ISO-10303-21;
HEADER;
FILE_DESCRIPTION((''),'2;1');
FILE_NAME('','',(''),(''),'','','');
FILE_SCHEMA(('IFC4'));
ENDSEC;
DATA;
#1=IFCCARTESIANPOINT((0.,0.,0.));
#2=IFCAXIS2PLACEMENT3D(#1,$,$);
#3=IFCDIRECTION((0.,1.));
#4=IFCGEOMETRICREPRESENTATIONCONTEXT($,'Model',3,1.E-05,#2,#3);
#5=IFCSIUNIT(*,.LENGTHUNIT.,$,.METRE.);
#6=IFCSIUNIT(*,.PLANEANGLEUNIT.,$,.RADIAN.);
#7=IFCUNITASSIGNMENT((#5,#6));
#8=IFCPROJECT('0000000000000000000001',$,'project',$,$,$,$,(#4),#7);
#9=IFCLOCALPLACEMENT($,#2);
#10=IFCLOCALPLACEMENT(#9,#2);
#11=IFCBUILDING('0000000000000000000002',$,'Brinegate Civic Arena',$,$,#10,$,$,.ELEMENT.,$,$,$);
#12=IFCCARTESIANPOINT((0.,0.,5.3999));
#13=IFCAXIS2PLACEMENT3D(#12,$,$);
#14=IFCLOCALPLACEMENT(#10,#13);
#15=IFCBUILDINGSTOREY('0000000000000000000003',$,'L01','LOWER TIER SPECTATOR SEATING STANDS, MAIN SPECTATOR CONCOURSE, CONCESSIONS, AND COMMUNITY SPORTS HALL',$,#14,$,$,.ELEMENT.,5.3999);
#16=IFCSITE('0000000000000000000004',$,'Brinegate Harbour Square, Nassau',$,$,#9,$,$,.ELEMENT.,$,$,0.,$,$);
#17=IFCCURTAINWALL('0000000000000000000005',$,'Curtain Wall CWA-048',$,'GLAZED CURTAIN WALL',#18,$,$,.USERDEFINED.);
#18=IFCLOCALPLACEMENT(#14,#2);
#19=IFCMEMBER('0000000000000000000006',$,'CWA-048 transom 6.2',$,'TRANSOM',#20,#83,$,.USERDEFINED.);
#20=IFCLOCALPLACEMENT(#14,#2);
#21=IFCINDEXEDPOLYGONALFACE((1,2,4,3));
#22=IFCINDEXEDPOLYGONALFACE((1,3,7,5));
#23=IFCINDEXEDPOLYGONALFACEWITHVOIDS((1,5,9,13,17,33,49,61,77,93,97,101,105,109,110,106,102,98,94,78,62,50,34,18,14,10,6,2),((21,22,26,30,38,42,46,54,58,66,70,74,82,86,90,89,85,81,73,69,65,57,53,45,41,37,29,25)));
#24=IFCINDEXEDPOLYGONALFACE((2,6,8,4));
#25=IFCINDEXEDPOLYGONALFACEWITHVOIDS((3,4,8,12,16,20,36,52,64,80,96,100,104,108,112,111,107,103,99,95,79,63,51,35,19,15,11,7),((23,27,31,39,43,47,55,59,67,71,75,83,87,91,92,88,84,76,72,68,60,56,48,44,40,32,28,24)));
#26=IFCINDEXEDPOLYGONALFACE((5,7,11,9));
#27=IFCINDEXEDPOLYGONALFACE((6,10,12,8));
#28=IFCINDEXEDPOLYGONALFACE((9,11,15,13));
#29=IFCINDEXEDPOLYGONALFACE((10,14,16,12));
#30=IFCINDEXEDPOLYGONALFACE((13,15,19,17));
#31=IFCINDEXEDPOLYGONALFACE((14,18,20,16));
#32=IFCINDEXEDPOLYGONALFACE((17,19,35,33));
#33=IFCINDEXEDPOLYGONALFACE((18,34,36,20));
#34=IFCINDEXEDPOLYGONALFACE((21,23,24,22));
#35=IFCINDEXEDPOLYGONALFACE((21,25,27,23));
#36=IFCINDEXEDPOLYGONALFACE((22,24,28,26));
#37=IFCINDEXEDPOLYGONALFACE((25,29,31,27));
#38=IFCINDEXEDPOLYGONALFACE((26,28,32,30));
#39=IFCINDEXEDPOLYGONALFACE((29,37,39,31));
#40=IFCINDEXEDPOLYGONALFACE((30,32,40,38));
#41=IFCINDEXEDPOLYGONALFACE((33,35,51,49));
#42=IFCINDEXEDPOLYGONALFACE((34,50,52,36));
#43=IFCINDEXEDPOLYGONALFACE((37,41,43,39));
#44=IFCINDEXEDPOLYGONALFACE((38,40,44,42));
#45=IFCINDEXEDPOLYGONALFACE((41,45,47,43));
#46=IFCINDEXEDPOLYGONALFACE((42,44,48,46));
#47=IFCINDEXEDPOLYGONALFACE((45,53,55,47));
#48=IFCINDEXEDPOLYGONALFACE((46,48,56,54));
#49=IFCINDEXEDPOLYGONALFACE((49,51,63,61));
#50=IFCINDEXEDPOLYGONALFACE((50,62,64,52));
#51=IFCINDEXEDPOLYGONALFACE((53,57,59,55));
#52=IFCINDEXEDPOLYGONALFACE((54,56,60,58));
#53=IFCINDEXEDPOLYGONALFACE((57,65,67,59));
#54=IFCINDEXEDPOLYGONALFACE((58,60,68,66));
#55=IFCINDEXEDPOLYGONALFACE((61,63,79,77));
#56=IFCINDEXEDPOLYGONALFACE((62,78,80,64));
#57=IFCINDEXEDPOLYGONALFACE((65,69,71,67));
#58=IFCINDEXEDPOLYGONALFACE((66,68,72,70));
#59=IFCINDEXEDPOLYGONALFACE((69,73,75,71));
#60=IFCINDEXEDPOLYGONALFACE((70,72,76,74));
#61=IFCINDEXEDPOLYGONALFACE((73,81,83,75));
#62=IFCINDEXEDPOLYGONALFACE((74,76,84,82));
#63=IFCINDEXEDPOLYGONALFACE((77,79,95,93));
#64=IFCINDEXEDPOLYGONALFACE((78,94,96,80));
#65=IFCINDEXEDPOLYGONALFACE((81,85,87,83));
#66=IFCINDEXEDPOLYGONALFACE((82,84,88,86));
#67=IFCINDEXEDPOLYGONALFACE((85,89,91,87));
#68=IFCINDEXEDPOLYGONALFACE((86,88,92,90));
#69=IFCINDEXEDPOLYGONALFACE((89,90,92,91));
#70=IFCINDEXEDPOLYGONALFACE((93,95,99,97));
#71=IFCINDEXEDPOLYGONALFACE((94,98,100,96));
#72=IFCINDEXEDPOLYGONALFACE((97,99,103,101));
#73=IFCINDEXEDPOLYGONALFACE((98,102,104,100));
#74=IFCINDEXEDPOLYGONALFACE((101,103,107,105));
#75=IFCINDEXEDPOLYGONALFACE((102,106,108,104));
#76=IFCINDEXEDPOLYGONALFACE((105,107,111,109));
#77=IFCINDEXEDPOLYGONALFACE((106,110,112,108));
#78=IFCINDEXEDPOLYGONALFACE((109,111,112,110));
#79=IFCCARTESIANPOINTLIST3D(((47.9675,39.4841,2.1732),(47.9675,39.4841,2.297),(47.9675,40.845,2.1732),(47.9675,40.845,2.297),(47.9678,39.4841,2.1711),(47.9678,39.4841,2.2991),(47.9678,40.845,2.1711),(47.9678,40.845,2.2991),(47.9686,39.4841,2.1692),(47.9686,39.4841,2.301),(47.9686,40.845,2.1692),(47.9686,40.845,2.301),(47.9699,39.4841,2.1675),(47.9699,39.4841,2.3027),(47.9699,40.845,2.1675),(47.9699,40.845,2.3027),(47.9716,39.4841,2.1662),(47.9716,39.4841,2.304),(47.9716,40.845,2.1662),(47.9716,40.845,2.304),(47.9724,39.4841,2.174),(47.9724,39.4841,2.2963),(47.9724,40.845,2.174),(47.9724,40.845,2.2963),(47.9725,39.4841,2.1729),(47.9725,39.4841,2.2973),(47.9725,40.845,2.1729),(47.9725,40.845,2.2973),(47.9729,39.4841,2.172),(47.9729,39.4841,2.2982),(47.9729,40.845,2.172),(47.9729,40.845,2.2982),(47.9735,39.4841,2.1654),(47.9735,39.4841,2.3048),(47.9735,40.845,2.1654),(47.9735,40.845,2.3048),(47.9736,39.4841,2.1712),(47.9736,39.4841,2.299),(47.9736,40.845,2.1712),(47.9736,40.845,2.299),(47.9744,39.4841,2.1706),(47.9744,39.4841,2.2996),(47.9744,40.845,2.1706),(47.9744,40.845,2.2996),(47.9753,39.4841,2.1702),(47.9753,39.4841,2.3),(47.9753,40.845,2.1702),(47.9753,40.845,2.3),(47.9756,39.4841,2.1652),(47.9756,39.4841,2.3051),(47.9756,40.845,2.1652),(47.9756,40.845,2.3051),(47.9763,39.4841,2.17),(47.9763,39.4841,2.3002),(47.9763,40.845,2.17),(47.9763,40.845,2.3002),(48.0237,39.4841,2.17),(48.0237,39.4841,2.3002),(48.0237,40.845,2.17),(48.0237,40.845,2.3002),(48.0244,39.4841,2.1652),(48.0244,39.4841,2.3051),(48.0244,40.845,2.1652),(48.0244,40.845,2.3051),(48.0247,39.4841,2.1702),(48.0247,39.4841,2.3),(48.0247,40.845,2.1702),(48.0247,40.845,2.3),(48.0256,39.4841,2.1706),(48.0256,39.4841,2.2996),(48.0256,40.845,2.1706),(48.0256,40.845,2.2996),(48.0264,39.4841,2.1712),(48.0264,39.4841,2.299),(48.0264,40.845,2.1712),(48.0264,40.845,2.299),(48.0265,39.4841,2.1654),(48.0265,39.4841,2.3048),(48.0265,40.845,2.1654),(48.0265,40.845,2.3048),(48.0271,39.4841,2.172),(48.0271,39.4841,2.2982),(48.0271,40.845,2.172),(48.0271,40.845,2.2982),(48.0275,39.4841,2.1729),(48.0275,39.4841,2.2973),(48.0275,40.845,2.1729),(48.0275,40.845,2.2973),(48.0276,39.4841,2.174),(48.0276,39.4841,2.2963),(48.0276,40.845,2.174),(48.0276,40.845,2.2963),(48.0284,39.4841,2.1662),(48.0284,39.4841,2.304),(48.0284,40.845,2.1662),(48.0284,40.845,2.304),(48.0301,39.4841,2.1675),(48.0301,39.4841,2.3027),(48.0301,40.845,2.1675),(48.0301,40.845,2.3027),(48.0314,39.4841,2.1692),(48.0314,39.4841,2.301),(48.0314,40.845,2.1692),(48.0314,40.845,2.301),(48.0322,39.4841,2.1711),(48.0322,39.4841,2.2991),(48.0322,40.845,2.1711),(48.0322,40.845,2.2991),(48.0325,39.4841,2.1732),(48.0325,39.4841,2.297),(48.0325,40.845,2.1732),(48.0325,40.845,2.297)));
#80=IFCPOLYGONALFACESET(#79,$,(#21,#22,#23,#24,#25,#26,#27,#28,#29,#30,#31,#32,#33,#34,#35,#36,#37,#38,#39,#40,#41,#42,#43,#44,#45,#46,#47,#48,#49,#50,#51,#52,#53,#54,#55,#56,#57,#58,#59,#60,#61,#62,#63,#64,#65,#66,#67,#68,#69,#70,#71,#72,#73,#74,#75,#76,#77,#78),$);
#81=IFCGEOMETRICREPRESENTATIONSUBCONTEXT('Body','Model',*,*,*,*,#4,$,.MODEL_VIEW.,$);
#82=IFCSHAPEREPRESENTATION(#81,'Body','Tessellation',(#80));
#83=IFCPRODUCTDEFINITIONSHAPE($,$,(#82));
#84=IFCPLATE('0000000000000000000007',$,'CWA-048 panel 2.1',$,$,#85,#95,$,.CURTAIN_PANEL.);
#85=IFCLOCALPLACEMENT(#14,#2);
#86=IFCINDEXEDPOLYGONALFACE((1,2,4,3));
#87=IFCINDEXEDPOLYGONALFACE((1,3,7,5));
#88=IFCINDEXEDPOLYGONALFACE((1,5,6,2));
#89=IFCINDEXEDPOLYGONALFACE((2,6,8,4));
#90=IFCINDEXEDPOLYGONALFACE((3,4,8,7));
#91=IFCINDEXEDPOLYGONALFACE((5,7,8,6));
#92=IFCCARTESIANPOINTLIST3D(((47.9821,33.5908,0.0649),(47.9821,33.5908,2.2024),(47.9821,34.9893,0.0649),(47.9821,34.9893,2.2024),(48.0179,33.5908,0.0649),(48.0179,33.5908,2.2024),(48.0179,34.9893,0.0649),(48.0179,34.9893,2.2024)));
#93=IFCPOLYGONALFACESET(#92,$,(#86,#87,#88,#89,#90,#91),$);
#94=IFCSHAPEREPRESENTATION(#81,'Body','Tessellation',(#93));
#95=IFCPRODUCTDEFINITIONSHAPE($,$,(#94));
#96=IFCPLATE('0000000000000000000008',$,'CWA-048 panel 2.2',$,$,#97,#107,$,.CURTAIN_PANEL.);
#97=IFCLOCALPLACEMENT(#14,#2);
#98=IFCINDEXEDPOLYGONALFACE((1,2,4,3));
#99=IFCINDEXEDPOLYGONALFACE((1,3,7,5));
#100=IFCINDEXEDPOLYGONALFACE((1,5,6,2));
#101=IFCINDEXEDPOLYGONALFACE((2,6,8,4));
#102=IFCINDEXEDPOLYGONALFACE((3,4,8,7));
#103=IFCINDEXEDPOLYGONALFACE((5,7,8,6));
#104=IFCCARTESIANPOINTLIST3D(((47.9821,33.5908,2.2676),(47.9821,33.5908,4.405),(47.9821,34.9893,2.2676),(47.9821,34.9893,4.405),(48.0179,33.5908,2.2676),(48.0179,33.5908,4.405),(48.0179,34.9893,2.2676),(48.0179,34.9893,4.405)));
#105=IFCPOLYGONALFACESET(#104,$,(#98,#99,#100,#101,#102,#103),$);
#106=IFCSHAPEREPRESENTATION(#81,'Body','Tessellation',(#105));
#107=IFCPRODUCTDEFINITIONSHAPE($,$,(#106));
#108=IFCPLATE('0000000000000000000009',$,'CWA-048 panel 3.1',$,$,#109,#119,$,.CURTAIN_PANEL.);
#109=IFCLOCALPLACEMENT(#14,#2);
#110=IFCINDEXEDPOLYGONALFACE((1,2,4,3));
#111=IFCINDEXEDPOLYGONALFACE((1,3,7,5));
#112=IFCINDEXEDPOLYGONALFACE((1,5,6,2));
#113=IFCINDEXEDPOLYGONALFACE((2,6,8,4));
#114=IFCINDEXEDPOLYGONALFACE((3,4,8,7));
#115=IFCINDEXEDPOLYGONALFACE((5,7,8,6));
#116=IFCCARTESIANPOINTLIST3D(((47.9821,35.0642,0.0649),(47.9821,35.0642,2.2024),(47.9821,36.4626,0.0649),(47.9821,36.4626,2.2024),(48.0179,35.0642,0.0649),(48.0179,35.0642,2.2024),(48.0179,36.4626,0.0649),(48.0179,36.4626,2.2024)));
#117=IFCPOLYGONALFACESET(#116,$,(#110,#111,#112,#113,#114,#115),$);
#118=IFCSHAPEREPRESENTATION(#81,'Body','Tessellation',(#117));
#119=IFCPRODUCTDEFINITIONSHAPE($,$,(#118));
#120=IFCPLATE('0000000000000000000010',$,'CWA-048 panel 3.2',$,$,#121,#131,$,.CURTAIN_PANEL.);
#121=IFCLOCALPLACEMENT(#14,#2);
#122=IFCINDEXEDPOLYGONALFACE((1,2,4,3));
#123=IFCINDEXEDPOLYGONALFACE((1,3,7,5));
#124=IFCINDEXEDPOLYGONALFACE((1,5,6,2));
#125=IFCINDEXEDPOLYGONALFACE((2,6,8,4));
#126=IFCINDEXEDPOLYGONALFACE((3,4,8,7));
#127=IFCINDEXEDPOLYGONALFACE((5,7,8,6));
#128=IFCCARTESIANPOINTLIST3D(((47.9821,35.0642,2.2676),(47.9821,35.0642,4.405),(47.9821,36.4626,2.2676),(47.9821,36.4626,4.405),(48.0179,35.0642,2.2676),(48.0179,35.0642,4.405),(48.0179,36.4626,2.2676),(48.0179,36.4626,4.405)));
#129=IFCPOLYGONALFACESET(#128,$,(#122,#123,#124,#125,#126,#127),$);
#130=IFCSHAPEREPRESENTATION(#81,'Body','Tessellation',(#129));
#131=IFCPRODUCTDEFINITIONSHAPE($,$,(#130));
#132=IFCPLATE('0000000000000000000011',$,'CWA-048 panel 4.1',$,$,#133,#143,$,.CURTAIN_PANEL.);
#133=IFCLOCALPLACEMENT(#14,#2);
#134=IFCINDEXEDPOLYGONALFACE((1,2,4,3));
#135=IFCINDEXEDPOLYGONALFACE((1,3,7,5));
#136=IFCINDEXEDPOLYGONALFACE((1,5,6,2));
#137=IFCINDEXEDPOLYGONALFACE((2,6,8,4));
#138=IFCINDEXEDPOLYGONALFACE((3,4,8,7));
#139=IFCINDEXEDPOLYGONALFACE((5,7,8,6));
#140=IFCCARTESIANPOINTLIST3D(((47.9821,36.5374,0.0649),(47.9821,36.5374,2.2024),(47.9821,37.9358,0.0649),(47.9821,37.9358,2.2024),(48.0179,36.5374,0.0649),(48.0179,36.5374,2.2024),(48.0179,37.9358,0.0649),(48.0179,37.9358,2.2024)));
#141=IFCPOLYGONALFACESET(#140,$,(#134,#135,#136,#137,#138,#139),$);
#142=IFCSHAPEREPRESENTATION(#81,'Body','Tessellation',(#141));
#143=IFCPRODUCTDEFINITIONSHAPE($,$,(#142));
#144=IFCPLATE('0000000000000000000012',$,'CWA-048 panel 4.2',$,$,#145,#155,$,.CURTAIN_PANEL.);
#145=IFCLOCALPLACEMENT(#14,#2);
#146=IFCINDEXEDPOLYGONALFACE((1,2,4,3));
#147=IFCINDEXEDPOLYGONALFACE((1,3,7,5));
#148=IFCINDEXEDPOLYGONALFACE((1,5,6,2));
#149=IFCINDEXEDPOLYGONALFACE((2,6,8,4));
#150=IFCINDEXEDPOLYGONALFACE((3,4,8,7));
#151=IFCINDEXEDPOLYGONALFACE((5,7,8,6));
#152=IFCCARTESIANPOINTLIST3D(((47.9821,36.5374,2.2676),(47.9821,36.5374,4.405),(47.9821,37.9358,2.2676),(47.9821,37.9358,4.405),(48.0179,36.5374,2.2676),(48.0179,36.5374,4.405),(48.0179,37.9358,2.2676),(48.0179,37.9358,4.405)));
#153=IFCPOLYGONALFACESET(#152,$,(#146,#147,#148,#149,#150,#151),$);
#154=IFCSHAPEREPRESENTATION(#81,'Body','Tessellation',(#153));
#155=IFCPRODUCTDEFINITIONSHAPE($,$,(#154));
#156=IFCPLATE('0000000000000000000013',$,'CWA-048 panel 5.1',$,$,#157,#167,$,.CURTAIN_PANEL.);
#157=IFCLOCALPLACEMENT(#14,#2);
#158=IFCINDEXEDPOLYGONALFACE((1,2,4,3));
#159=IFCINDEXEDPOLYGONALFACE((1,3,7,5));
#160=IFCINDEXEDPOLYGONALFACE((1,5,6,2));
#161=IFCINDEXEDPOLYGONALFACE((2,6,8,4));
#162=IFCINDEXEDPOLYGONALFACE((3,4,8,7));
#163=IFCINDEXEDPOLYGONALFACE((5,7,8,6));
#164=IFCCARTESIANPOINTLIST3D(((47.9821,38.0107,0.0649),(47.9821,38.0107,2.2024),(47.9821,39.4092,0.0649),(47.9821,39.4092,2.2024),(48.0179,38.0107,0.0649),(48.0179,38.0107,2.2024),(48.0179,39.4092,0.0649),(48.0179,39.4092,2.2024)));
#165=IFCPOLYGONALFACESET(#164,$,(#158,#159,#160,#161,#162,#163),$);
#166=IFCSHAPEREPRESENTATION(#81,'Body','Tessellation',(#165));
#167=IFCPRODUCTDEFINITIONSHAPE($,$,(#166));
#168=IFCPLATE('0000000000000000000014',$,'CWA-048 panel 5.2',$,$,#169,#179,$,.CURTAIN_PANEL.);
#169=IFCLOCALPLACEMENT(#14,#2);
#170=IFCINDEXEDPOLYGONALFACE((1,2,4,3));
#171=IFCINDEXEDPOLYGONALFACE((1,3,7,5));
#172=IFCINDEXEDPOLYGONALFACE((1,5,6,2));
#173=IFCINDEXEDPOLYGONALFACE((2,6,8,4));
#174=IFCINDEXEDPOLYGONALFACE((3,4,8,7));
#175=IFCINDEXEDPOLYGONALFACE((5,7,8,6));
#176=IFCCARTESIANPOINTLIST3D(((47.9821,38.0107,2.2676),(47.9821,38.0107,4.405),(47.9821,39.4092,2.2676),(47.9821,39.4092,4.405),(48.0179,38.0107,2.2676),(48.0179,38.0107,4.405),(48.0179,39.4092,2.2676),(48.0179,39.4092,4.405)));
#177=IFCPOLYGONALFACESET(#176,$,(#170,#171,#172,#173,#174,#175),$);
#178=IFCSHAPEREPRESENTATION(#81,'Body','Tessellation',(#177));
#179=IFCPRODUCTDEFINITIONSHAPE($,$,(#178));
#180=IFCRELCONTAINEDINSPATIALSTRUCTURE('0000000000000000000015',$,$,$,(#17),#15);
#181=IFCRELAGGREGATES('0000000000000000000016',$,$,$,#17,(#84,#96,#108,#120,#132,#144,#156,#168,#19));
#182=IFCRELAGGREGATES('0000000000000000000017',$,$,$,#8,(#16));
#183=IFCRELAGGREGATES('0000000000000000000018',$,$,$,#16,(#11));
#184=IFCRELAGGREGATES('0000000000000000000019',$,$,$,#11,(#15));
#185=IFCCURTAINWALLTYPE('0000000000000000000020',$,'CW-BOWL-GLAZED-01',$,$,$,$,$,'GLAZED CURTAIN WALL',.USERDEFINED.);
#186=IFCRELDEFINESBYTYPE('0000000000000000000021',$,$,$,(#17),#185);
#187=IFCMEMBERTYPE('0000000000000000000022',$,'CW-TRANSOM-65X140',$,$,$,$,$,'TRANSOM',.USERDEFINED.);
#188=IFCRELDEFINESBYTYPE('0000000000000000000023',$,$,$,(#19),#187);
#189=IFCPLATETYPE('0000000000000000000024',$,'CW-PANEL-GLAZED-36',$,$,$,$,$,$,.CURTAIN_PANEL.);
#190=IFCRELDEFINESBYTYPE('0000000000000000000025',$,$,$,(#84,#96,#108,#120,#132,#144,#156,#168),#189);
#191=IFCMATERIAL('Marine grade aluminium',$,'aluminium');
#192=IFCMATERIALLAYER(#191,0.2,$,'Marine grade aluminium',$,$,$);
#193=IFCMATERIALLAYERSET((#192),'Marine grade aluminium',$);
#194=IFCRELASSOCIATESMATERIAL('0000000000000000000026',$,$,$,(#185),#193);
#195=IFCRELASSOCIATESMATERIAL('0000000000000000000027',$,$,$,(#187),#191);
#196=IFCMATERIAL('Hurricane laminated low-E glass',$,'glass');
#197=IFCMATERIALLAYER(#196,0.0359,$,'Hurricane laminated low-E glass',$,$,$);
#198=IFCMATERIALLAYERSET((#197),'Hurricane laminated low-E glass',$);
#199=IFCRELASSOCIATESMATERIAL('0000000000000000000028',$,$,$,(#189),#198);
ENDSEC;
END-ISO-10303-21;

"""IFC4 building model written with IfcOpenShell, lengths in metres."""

from ifc_helpers import new_model, si_unit, direction, frame, origin, origin_2d, place, context, subcontext, project, spatial, rectangle, hollow_rectangle, extrude, material, layer, layer_set, material_profile, profile_set, type_object, element, aggregate, save


model = new_model("IFC4")

# Units and contexts
model_context = context("Model", 3, precision=1e-05, world=origin(), true_north=direction((0.0, 1.0)))
body_context = subcontext(model_context, "Body", "Model", "MODEL_VIEW")
ifc_project = project(units=[si_unit("LENGTHUNIT", "METRE"), si_unit("PLANEANGLEUNIT", "RADIAN")], contexts=[model_context])

# Site, building, storey
site_placement = place(None, origin())
site = spatial("IfcSite", under=ifc_project, at=site_placement, Name="Brinegate Harbour Square, Nassau", CompositionType="ELEMENT", RefElevation=0.0)
building_placement = place(site_placement, origin())
building = spatial("IfcBuilding", under=site, at=building_placement, Name="Brinegate Civic Arena", CompositionType="ELEMENT")
storey_placement = place(building_placement, frame((0.0, 0.0, 5.3999)))
storey = spatial("IfcBuildingStorey", under=building, at=storey_placement, Name="L01", Description="LOWER TIER SPECTATOR SEATING STANDS, MAIN SPECTATOR CONCOURSE, CONCESSIONS, AND COMMUNITY SPORTS HALL", CompositionType="ELEMENT", Elevation=5.3999)

# Curtain wall, member, plates
ifc_material_1 = material(Name="Marine grade aluminium", Category="aluminium")
ifc_layer_1 = layer(ifc_material_1, 0.2, Name="Marine grade aluminium")
ifc_layer_set_1 = layer_set([ifc_layer_1], Name="Marine grade aluminium")
curtain_wall_type = type_object("IfcCurtainWallType", Name="CW-BOWL-GLAZED-01", ElementType="GLAZED CURTAIN WALL", PredefinedType="USERDEFINED", material=ifc_layer_set_1)
curtain_wall_placement = place(storey_placement, origin())
curtain_wall = element("IfcCurtainWall", 1, at=curtain_wall_placement, inside=storey, type_object=curtain_wall_type, Name="Curtain Wall CWA-048", ObjectType="GLAZED CURTAIN WALL", PredefinedType="USERDEFINED")
ifc_material_profile_1 = material_profile(ifc_material_1, hollow_rectangle(XDim=0.0649, YDim=0.1399, WallThickness=0.0049, InnerFilletRadius=0.0039, OuterFilletRadius=0.0081, at=origin_2d()), Name="TRN65X140")
ifc_profile_set_1 = profile_set([ifc_material_profile_1], Name="Marine grade aluminium")
member_type_1 = type_object("IfcMemberType", Name="CW-TRANSOM-65X140", ElementType="TRANSOM", PredefinedType="USERDEFINED", material=ifc_profile_set_1)
member_1_placement = place(storey_placement, frame((48.0, 39.4841, 2.2351), z_axis=(0.0, 1.0, 0.0), x_axis=(-1.0, 0.0, 0.0)))
member_1 = element("IfcMember", 2, at=member_1_placement, type_object=member_type_1, Name="CWA-048 transom 6.2", ObjectType="TRANSOM", PredefinedType="USERDEFINED", context=body_context, shape_type="SweptSolid", body=[
    extrude(hollow_rectangle(XDim=0.0649, YDim=0.1399, WallThickness=0.0049, InnerFilletRadius=0.0039, OuterFilletRadius=0.0081, at=origin_2d()), origin(), (0.0, 0.0, 1.0), 1.3608),
])
ifc_material_2 = material(Name="Hurricane laminated low-E glass", Category="glass")
ifc_layer_2 = layer(ifc_material_2, 0.0359, Name="Hurricane laminated low-E glass")
ifc_layer_set_2 = layer_set([ifc_layer_2], Name="Hurricane laminated low-E glass")
plate_type = type_object("IfcPlateType", Name="CW-PANEL-GLAZED-36", PredefinedType="CURTAIN_PANEL", material=ifc_layer_set_2)
plate_1_placement = place(storey_placement, frame((48.0, 34.29, 0.0649), z_axis=(0.0, 0.0, 1.0), x_axis=(0.0, 1.0, 0.0)))
plate_1 = element("IfcPlate", 3, at=plate_1_placement, type_object=plate_type, Name="CWA-048 panel 2.1", PredefinedType="CURTAIN_PANEL", context=body_context, shape_type="SweptSolid", body=[
    extrude(rectangle(XDim=1.3984, YDim=0.0359, at=origin_2d()), origin(), (0.0, 0.0, 1.0), 2.1375),
])
plate_2_placement = place(storey_placement, frame((48.0, 34.29, 2.2676), z_axis=(0.0, 0.0, 1.0), x_axis=(0.0, 1.0, 0.0)))
plate_2 = element("IfcPlate", 4, at=plate_2_placement, type_object=plate_type, Name="CWA-048 panel 2.2", PredefinedType="CURTAIN_PANEL", context=body_context, shape_type="SweptSolid", body=[
    extrude(rectangle(XDim=1.3984, YDim=0.0359, at=origin_2d()), origin(), (0.0, 0.0, 1.0), 2.1375),
])
plate_3_placement = place(storey_placement, frame((48.0, 35.7634, 0.0649), z_axis=(0.0, 0.0, 1.0), x_axis=(0.0, 1.0, 0.0)))
plate_3 = element("IfcPlate", 5, at=plate_3_placement, type_object=plate_type, Name="CWA-048 panel 3.1", PredefinedType="CURTAIN_PANEL", context=body_context, shape_type="SweptSolid", body=[
    extrude(rectangle(XDim=1.3984, YDim=0.0359, at=origin_2d()), origin(), (0.0, 0.0, 1.0), 2.1375),
])
plate_4_placement = place(storey_placement, frame((48.0, 35.7634, 2.2676), z_axis=(0.0, 0.0, 1.0), x_axis=(0.0, 1.0, 0.0)))
plate_4 = element("IfcPlate", 6, at=plate_4_placement, type_object=plate_type, Name="CWA-048 panel 3.2", PredefinedType="CURTAIN_PANEL", context=body_context, shape_type="SweptSolid", body=[
    extrude(rectangle(XDim=1.3984, YDim=0.0359, at=origin_2d()), origin(), (0.0, 0.0, 1.0), 2.1375),
])
plate_5_placement = place(storey_placement, frame((48.0, 37.2366, 0.0649), z_axis=(0.0, 0.0, 1.0), x_axis=(0.0, 1.0, 0.0)))
plate_5 = element("IfcPlate", 7, at=plate_5_placement, type_object=plate_type, Name="CWA-048 panel 4.1", PredefinedType="CURTAIN_PANEL", context=body_context, shape_type="SweptSolid", body=[
    extrude(rectangle(XDim=1.3984, YDim=0.0359, at=origin_2d()), origin(), (0.0, 0.0, 1.0), 2.1375),
])
plate_6_placement = place(storey_placement, frame((48.0, 37.2366, 2.2676), z_axis=(0.0, 0.0, 1.0), x_axis=(0.0, 1.0, 0.0)))
plate_6 = element("IfcPlate", 8, at=plate_6_placement, type_object=plate_type, Name="CWA-048 panel 4.2", PredefinedType="CURTAIN_PANEL", context=body_context, shape_type="SweptSolid", body=[
    extrude(rectangle(XDim=1.3984, YDim=0.0359, at=origin_2d()), origin(), (0.0, 0.0, 1.0), 2.1375),
])
plate_7_placement = place(storey_placement, frame((48.0, 38.71, 0.0649), z_axis=(0.0, 0.0, 1.0), x_axis=(0.0, 1.0, 0.0)))
plate_7 = element("IfcPlate", 9, at=plate_7_placement, type_object=plate_type, Name="CWA-048 panel 5.1", PredefinedType="CURTAIN_PANEL", context=body_context, shape_type="SweptSolid", body=[
    extrude(rectangle(XDim=1.3984, YDim=0.0359, at=origin_2d()), origin(), (0.0, 0.0, 1.0), 2.1375),
])
plate_8_placement = place(storey_placement, frame((48.0, 38.71, 2.2676), z_axis=(0.0, 0.0, 1.0), x_axis=(0.0, 1.0, 0.0)))
plate_8 = element("IfcPlate", 10, at=plate_8_placement, type_object=plate_type, Name="CWA-048 panel 5.2", PredefinedType="CURTAIN_PANEL", context=body_context, shape_type="SweptSolid", body=[
    extrude(rectangle(XDim=1.3984, YDim=0.0359, at=origin_2d()), origin(), (0.0, 0.0, 1.0), 2.1375),
])
aggregate(curtain_wall, [plate_1, plate_2, plate_3, plate_4, plate_5, plate_6, plate_7, plate_8, member_1])

save(model, "model.ifc")
